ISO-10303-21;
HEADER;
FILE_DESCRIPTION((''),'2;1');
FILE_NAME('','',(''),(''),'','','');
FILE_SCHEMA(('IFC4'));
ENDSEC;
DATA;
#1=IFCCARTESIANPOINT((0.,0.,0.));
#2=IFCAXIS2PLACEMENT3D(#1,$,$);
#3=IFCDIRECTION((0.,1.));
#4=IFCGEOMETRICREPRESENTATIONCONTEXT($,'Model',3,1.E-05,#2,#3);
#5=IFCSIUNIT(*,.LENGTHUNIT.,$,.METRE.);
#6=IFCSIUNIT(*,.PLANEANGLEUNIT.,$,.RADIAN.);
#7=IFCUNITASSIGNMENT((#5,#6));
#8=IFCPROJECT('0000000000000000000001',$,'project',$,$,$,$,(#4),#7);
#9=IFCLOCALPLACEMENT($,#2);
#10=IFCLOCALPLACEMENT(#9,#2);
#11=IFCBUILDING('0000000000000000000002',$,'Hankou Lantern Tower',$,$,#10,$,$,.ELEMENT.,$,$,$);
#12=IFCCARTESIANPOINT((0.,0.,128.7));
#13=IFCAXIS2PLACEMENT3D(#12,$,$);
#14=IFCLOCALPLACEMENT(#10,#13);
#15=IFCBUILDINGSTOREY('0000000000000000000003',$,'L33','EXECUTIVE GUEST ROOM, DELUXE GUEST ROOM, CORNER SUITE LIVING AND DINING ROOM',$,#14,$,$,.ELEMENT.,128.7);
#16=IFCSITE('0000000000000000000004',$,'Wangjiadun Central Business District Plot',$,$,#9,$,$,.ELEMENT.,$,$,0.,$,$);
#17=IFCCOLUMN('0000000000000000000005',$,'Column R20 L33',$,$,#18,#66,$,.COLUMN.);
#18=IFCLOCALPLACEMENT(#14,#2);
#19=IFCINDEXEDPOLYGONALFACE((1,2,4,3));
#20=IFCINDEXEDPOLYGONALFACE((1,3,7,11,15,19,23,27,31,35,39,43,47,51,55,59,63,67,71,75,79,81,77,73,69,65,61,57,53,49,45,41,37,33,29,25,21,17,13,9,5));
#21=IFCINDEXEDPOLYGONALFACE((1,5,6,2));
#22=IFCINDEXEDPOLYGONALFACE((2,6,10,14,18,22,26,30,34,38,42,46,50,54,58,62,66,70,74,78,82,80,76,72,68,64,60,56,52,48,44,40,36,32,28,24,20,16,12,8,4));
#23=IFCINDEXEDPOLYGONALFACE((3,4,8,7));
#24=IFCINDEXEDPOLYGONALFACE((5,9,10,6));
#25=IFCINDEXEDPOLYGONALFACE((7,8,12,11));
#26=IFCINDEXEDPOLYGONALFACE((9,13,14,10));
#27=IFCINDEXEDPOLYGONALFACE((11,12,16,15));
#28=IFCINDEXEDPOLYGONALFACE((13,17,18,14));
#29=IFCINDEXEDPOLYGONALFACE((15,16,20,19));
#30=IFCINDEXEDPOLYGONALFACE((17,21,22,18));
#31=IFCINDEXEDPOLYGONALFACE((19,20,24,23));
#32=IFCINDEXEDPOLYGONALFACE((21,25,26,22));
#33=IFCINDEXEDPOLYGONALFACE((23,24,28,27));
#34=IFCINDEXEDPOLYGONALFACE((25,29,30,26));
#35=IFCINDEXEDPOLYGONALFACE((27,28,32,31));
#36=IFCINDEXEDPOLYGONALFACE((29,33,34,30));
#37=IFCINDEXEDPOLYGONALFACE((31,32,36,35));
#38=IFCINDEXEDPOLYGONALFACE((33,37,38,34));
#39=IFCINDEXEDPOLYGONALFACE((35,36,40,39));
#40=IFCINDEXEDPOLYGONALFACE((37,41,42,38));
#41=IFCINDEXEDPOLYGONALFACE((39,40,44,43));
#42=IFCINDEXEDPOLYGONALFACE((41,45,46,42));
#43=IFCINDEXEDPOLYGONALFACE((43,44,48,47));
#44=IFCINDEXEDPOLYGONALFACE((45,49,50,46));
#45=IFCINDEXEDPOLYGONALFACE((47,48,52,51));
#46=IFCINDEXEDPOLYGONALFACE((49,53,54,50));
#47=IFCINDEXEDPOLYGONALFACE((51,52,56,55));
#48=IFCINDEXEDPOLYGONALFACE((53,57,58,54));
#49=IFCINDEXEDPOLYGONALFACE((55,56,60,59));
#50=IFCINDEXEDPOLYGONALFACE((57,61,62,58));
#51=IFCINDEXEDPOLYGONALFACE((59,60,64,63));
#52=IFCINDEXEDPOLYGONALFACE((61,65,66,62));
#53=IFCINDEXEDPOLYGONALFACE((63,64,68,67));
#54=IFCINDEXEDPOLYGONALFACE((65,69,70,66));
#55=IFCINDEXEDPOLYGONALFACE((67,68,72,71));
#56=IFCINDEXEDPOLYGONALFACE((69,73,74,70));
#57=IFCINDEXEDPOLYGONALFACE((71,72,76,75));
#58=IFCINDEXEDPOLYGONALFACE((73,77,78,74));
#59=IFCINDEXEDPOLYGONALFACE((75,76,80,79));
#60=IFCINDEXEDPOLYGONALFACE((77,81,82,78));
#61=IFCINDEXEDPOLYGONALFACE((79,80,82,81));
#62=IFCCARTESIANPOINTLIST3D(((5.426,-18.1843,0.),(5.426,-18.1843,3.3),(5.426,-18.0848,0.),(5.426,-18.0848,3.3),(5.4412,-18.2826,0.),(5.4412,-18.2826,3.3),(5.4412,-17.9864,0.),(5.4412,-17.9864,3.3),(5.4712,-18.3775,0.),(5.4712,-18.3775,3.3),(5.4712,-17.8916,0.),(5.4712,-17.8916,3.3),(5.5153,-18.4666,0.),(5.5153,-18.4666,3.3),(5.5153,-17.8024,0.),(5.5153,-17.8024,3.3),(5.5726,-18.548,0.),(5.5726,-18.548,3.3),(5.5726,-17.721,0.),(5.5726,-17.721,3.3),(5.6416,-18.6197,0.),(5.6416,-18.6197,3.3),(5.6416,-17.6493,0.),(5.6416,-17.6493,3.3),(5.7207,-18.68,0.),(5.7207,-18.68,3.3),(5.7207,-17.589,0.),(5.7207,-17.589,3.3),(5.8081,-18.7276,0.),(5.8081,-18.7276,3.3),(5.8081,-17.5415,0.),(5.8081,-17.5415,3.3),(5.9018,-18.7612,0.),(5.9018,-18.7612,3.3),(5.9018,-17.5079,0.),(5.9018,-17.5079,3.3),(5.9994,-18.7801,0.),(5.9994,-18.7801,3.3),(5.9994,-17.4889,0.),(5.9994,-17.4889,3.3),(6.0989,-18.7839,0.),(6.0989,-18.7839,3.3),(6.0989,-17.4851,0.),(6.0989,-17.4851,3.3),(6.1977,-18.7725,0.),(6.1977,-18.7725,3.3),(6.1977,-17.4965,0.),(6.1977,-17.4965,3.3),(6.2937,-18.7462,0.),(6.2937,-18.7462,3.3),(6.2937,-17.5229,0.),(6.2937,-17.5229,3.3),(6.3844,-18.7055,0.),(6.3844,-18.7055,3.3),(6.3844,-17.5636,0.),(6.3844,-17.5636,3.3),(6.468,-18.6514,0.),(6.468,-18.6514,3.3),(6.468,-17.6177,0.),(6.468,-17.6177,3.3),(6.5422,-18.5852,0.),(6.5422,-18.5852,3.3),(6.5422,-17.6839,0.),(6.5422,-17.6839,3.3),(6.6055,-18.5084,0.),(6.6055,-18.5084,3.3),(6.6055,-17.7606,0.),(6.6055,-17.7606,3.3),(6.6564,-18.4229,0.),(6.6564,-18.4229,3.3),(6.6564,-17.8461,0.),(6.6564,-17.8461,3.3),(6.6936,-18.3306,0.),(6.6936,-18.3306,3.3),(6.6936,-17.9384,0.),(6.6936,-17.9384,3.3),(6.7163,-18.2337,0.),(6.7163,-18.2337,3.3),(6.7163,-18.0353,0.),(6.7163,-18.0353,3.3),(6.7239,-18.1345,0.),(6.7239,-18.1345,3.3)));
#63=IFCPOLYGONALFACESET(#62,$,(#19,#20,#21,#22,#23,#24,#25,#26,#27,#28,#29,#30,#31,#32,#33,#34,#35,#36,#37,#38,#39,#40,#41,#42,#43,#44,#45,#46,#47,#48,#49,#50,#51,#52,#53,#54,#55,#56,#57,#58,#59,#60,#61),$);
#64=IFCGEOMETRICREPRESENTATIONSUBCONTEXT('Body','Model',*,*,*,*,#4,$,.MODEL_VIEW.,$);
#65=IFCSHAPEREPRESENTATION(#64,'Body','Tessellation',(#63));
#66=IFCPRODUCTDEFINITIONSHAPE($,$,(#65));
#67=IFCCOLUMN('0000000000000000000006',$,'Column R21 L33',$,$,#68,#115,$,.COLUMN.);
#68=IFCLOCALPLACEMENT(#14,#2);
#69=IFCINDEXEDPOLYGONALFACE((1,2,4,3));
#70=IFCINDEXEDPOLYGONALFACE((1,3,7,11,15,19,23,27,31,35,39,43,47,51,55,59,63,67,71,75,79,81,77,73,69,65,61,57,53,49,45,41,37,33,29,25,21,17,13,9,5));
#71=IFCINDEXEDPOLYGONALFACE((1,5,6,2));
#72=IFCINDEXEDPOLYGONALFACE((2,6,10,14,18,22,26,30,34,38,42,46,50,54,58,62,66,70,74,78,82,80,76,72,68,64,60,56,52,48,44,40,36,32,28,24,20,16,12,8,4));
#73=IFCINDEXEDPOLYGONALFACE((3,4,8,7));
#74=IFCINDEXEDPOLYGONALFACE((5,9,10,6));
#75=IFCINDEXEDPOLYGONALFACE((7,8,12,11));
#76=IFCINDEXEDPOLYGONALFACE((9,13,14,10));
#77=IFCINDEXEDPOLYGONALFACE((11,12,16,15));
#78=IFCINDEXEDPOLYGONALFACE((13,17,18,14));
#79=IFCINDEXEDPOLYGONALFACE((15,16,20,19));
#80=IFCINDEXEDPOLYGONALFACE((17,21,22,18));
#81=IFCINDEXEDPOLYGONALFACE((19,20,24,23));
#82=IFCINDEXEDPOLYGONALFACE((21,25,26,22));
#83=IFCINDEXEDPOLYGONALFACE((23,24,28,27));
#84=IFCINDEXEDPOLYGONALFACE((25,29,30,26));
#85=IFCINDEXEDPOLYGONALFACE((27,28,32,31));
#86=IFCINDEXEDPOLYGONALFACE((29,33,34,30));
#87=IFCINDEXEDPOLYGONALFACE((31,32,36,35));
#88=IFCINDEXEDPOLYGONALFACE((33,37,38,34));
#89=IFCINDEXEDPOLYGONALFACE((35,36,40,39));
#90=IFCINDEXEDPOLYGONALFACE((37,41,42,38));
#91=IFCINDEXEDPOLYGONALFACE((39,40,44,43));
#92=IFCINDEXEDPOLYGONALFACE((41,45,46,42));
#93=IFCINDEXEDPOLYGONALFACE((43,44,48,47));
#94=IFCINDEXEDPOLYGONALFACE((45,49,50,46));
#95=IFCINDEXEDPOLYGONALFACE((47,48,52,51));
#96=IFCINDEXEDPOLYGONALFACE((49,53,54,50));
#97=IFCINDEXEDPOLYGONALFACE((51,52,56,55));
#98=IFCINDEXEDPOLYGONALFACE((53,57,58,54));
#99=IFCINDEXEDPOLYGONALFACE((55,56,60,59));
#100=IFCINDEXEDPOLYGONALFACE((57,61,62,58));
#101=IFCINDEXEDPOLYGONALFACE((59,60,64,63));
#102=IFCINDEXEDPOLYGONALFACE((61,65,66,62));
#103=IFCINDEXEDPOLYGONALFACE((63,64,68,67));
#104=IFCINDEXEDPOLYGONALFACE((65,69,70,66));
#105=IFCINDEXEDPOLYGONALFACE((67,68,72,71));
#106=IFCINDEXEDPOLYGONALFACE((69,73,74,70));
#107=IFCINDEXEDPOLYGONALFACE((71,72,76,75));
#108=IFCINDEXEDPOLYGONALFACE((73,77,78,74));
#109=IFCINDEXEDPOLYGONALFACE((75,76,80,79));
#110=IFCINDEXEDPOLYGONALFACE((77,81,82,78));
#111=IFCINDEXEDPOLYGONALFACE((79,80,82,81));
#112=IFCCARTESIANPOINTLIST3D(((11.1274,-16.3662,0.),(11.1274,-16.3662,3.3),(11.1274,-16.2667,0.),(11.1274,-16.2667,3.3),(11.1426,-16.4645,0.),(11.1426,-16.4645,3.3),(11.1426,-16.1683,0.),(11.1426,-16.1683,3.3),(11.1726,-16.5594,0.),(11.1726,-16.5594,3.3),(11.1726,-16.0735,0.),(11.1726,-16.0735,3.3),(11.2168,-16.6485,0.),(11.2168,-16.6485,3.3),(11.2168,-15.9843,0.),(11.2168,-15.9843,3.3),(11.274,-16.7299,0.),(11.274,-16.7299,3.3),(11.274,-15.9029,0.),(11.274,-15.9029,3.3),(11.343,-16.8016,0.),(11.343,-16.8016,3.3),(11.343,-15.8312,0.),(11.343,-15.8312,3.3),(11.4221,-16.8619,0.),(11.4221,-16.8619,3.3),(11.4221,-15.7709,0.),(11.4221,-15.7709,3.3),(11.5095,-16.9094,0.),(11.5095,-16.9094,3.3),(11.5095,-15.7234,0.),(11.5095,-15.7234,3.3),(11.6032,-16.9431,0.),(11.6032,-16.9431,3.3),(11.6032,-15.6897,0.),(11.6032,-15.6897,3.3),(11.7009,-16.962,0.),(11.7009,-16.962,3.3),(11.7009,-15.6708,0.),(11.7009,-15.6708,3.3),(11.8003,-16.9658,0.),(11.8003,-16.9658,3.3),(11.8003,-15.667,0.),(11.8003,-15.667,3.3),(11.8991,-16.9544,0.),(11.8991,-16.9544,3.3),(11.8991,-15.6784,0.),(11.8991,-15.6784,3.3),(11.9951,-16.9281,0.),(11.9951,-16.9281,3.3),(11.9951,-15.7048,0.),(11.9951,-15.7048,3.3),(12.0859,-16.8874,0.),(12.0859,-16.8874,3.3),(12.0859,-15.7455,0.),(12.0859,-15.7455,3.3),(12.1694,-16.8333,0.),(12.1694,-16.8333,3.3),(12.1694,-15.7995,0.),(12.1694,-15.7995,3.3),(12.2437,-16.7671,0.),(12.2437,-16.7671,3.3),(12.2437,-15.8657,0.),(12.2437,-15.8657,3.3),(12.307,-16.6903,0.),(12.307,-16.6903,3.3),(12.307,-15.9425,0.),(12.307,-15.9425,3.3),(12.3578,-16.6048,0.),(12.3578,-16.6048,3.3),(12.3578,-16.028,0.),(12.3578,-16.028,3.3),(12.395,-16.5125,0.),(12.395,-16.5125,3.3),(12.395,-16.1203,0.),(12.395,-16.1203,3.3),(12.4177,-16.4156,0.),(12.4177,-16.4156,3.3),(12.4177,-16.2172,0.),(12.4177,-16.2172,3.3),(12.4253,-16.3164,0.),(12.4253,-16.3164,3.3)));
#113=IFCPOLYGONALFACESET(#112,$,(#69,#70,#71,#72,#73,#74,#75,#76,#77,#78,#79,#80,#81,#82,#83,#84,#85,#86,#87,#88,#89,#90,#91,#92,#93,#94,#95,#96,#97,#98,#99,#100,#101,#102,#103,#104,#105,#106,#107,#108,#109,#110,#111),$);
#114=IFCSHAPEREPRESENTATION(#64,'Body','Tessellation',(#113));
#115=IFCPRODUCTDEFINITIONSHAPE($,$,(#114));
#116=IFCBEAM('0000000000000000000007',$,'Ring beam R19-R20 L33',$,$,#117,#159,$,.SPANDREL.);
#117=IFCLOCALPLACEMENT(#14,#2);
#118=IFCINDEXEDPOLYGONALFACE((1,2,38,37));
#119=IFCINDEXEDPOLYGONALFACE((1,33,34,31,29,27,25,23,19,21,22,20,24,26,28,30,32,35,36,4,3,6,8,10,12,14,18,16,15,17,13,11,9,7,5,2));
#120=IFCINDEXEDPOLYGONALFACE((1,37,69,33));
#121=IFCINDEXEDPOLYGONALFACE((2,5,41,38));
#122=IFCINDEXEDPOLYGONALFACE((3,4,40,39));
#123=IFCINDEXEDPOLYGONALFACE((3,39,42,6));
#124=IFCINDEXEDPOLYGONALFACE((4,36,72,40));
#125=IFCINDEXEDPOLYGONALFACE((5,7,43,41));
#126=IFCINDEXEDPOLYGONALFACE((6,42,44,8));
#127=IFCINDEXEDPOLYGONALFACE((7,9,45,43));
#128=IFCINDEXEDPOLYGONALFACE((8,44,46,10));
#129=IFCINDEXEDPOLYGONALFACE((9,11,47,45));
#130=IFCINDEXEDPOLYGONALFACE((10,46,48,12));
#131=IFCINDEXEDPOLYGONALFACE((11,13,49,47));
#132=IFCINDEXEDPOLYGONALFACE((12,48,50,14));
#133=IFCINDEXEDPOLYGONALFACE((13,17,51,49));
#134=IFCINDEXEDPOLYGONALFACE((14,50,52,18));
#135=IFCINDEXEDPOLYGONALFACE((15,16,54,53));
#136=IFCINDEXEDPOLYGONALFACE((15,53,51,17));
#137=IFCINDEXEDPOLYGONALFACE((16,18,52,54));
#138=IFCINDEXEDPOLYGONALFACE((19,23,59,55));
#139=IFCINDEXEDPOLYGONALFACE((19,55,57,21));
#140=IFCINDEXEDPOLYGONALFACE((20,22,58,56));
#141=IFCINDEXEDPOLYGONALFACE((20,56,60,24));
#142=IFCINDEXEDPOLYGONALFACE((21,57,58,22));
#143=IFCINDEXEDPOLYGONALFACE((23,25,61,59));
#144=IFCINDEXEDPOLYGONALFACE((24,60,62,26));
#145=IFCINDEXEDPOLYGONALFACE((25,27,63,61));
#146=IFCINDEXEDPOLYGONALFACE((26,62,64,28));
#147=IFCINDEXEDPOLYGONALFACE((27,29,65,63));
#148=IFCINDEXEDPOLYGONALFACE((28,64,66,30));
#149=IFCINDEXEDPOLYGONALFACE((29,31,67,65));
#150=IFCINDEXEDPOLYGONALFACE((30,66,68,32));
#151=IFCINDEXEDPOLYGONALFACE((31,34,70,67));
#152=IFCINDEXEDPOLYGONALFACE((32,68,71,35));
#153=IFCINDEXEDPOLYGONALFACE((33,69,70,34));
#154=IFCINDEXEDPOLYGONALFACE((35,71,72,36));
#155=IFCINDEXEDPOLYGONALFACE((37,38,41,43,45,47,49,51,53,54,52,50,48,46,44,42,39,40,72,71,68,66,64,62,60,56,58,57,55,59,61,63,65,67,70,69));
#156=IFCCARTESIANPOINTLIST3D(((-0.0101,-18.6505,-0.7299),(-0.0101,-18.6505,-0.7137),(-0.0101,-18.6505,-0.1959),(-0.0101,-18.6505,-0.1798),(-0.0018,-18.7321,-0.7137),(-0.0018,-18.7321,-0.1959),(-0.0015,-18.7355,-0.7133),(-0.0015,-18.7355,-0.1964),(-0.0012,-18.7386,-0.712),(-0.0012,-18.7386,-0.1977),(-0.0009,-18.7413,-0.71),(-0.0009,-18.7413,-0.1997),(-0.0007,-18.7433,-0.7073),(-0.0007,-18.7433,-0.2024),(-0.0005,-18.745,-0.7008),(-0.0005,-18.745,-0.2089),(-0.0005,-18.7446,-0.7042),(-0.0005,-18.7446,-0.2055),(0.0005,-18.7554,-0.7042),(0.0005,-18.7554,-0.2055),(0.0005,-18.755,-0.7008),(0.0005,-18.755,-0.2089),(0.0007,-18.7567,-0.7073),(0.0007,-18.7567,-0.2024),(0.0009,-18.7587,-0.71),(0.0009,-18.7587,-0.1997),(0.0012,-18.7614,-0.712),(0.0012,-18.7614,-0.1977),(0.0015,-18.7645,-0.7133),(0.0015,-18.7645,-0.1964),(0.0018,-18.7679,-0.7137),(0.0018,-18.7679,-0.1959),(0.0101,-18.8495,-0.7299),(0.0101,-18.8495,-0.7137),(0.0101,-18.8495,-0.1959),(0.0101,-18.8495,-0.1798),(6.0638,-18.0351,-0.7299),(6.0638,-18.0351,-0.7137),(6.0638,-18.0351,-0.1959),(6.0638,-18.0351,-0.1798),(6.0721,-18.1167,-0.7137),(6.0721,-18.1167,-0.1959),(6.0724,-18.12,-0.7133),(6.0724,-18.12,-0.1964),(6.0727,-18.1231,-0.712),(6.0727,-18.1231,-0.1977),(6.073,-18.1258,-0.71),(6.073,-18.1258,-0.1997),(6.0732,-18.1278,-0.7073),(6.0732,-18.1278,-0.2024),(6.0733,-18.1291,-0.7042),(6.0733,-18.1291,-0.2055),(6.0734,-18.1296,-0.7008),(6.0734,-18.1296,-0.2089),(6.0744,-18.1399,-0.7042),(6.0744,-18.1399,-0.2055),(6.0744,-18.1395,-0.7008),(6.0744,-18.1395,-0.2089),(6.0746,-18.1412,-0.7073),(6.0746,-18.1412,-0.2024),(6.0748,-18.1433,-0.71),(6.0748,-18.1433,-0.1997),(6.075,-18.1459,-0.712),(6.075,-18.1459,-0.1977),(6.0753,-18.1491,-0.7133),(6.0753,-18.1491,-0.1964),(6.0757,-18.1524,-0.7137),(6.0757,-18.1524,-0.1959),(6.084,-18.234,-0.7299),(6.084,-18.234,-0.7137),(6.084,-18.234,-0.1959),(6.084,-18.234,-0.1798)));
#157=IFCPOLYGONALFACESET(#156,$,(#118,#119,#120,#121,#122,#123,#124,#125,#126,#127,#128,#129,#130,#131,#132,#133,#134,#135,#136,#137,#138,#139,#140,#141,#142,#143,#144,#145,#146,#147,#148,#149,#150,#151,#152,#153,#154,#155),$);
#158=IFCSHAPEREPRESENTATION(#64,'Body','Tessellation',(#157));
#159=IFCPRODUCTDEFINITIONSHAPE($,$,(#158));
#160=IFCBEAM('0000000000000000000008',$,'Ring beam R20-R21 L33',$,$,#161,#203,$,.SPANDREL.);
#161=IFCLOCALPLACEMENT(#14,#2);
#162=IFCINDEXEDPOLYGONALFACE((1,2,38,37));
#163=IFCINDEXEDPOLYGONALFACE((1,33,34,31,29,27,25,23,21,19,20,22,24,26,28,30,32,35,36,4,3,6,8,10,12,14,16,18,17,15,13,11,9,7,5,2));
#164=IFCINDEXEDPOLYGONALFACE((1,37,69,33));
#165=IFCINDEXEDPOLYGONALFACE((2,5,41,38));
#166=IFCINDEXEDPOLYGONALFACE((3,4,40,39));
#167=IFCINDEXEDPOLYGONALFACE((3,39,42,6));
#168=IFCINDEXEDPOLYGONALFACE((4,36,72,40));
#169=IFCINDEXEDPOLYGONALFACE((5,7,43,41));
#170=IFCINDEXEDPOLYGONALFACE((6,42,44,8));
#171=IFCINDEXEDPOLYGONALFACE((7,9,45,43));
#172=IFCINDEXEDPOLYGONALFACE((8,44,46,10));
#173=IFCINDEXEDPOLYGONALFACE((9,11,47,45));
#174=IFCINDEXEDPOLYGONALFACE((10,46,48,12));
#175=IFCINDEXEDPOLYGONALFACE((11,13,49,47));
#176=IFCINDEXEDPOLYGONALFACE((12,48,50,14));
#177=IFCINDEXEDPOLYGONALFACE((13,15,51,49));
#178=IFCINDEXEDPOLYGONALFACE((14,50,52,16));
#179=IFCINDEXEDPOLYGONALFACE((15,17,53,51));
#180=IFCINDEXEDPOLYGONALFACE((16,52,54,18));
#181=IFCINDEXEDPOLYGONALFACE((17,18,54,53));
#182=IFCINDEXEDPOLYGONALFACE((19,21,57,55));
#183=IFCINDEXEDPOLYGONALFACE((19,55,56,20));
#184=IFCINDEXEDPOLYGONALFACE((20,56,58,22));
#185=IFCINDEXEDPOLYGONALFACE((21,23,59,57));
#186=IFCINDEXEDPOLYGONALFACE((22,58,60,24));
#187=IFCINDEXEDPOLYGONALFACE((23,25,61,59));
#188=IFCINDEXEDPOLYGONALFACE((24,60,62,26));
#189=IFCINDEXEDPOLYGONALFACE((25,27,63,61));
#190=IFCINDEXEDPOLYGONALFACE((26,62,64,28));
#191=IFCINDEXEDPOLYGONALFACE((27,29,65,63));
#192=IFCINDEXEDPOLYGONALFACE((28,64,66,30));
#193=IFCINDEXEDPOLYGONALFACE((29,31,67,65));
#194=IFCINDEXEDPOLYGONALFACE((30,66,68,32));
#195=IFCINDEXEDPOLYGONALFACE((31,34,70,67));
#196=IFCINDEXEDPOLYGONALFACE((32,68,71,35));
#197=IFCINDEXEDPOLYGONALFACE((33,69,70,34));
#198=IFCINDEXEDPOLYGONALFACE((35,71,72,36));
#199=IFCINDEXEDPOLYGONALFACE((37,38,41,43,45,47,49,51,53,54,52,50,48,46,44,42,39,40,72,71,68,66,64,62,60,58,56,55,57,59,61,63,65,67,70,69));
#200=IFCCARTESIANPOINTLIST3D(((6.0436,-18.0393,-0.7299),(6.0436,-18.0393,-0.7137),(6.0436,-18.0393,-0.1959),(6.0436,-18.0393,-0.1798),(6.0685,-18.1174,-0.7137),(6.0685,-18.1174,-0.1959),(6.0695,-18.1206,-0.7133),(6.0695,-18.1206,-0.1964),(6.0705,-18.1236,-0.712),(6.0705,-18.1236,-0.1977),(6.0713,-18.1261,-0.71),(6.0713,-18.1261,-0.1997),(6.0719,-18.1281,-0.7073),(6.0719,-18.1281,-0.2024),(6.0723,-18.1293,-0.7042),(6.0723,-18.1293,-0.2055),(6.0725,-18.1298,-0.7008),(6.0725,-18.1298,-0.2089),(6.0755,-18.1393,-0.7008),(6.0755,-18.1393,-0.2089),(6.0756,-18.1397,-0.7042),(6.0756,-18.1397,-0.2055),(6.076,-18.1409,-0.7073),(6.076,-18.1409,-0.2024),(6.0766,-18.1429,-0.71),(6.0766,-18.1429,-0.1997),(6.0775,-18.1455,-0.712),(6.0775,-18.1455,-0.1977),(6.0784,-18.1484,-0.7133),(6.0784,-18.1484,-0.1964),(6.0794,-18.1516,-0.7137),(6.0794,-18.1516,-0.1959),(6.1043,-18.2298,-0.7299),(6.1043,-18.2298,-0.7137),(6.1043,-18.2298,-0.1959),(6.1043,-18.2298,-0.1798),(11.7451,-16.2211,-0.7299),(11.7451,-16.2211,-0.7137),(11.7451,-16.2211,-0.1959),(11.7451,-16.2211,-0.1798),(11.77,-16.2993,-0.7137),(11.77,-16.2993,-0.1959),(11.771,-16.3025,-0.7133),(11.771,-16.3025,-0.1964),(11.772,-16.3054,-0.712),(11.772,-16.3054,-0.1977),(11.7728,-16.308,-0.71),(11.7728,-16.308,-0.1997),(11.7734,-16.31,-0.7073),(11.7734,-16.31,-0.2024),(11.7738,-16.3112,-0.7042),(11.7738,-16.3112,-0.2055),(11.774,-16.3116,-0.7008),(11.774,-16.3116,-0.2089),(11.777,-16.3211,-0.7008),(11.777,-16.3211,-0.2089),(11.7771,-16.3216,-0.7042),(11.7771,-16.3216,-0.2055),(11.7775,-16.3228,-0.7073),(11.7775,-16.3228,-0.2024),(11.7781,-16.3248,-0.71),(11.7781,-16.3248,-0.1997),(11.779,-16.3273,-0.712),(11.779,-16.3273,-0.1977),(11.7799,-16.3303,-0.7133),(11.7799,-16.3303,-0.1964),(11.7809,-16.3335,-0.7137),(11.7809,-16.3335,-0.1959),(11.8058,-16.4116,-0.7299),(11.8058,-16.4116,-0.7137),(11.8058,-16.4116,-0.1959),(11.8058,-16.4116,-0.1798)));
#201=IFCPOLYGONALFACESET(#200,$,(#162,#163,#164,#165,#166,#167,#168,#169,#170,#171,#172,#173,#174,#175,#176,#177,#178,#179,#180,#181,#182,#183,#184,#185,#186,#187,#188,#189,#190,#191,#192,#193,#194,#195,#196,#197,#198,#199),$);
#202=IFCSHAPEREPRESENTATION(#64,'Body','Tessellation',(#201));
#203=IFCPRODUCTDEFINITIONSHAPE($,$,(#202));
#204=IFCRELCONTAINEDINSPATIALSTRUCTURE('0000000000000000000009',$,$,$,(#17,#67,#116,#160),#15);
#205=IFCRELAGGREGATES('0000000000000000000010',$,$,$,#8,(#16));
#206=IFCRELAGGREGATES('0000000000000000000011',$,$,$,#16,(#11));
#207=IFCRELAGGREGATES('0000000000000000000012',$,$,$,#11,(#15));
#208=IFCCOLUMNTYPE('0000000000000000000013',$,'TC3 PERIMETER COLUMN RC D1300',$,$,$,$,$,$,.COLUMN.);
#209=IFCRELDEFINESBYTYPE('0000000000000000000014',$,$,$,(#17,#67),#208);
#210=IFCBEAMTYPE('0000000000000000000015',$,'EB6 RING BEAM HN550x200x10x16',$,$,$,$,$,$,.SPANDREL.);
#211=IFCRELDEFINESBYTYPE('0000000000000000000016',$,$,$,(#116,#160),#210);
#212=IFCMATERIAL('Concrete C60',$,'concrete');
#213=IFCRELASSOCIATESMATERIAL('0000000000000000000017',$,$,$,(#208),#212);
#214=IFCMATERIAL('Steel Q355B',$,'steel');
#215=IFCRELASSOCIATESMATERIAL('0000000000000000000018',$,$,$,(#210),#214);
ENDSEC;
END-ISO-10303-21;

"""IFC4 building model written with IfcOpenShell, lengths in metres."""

from ifc_helpers import new_model, si_unit, direction, frame, origin, origin_2d, place, context, subcontext, project, spatial, circle, i_section, extrude, material, material_profile, profile_set, type_object, element, save


model = new_model("IFC4")

# Units and contexts
model_context = context("Model", 3, precision=1e-05, world=origin(), true_north=direction((0.0, 1.0)))
body_context = subcontext(model_context, "Body", "Model", "MODEL_VIEW")
ifc_project = project(units=[si_unit("LENGTHUNIT", "METRE"), si_unit("PLANEANGLEUNIT", "RADIAN")], contexts=[model_context])

# Site, building, storey
site_placement = place(None, origin())
site = spatial("IfcSite", under=ifc_project, at=site_placement, Name="Wangjiadun Central Business District Plot", CompositionType="ELEMENT", RefElevation=0.0)
building_placement = place(site_placement, origin())
building = spatial("IfcBuilding", under=site, at=building_placement, Name="Hankou Lantern Tower", CompositionType="ELEMENT")
storey_placement = place(building_placement, frame((0.0, 0.0, 128.7)))
storey = spatial("IfcBuildingStorey", under=building, at=storey_placement, Name="L33", Description="EXECUTIVE GUEST ROOM, DELUXE GUEST ROOM, CORNER SUITE LIVING AND DINING ROOM", CompositionType="ELEMENT", Elevation=128.7)

# Columns
ifc_material_1 = material(Name="Concrete C60", Category="concrete")
ifc_material_profile_1 = material_profile(ifc_material_1, circle(Radius=0.6499, at=origin_2d()), Name="RC D1300")
ifc_profile_set_1 = profile_set([ifc_material_profile_1], Name="Concrete C60")
column_type = type_object("IfcColumnType", Name="TC3 PERIMETER COLUMN RC D1300", PredefinedType="COLUMN", material=ifc_profile_set_1)
for number, where, z_axis, x_axis, name in (
    (1, (6.074, -18.1345, 0.0), (0.0, 0.0, 1.0), (1.0, 0.0, 0.0), "Column R20 L33"),
    (2, (11.7754, -16.3164, 0.0), (0.0, 0.0, 1.0), (1.0, 0.0, 0.0), "Column R21 L33"),
):
    element("IfcColumn", number, at=place(storey_placement, frame(where, z_axis=z_axis, x_axis=x_axis)), inside=storey, type_object=column_type, Name=name, PredefinedType="COLUMN", context=body_context, shape_type="SweptSolid", body=[
        extrude(circle(Radius=0.6499, at=origin_2d()), origin(), (0.0, 0.0, 1.0), 3.3),
    ])

# Beams
ifc_material_2 = material(Name="Steel Q355B", Category="steel")
ifc_material_profile_2 = material_profile(ifc_material_2, i_section(OverallWidth=0.2, OverallDepth=0.55, WebThickness=0.01, FlangeThickness=0.0161, FilletRadius=0.0129, at=origin_2d()), Name="HN550x200x10x16")
ifc_profile_set_2 = profile_set([ifc_material_profile_2], Name="Steel Q355B")
beam_type_1 = type_object("IfcBeamType", Name="EB6 RING BEAM HN550x200x10x16", PredefinedType="SPANDREL", material=ifc_profile_set_2)
beam_1_placement = place(storey_placement, frame((0.0, -18.75, -0.4548), z_axis=(0.994905, 0.100814, 0.0), x_axis=(-0.100814, 0.994905, 0.0)))
element("IfcBeam", 3, at=beam_1_placement, inside=storey, type_object=beam_type_1, Name="Ring beam R19-R20 L33", PredefinedType="SPANDREL", context=body_context, shape_type="SweptSolid", body=[
    extrude(i_section(OverallWidth=0.2, OverallDepth=0.55, WebThickness=0.01, FlangeThickness=0.0161, FilletRadius=0.0129, at=origin_2d()), origin(), (0.0, 0.0, 1.0), 6.105),
])
beam_2_placement = place(storey_placement, frame((6.074, -18.1345, -0.4548), z_axis=(0.952731, 0.303815, 0.0), x_axis=(-0.303815, 0.952731, 0.0)))
element("IfcBeam", 4, at=beam_2_placement, inside=storey, type_object=beam_type_1, Name="Ring beam R20-R21 L33", PredefinedType="SPANDREL", context=body_context, shape_type="SweptSolid", body=[
    extrude(i_section(OverallWidth=0.2, OverallDepth=0.55, WebThickness=0.01, FlangeThickness=0.0161, FilletRadius=0.0129, at=origin_2d()), origin(), (0.0, 0.0, 1.0), 5.9844),
])

save(model, "model.ifc")
